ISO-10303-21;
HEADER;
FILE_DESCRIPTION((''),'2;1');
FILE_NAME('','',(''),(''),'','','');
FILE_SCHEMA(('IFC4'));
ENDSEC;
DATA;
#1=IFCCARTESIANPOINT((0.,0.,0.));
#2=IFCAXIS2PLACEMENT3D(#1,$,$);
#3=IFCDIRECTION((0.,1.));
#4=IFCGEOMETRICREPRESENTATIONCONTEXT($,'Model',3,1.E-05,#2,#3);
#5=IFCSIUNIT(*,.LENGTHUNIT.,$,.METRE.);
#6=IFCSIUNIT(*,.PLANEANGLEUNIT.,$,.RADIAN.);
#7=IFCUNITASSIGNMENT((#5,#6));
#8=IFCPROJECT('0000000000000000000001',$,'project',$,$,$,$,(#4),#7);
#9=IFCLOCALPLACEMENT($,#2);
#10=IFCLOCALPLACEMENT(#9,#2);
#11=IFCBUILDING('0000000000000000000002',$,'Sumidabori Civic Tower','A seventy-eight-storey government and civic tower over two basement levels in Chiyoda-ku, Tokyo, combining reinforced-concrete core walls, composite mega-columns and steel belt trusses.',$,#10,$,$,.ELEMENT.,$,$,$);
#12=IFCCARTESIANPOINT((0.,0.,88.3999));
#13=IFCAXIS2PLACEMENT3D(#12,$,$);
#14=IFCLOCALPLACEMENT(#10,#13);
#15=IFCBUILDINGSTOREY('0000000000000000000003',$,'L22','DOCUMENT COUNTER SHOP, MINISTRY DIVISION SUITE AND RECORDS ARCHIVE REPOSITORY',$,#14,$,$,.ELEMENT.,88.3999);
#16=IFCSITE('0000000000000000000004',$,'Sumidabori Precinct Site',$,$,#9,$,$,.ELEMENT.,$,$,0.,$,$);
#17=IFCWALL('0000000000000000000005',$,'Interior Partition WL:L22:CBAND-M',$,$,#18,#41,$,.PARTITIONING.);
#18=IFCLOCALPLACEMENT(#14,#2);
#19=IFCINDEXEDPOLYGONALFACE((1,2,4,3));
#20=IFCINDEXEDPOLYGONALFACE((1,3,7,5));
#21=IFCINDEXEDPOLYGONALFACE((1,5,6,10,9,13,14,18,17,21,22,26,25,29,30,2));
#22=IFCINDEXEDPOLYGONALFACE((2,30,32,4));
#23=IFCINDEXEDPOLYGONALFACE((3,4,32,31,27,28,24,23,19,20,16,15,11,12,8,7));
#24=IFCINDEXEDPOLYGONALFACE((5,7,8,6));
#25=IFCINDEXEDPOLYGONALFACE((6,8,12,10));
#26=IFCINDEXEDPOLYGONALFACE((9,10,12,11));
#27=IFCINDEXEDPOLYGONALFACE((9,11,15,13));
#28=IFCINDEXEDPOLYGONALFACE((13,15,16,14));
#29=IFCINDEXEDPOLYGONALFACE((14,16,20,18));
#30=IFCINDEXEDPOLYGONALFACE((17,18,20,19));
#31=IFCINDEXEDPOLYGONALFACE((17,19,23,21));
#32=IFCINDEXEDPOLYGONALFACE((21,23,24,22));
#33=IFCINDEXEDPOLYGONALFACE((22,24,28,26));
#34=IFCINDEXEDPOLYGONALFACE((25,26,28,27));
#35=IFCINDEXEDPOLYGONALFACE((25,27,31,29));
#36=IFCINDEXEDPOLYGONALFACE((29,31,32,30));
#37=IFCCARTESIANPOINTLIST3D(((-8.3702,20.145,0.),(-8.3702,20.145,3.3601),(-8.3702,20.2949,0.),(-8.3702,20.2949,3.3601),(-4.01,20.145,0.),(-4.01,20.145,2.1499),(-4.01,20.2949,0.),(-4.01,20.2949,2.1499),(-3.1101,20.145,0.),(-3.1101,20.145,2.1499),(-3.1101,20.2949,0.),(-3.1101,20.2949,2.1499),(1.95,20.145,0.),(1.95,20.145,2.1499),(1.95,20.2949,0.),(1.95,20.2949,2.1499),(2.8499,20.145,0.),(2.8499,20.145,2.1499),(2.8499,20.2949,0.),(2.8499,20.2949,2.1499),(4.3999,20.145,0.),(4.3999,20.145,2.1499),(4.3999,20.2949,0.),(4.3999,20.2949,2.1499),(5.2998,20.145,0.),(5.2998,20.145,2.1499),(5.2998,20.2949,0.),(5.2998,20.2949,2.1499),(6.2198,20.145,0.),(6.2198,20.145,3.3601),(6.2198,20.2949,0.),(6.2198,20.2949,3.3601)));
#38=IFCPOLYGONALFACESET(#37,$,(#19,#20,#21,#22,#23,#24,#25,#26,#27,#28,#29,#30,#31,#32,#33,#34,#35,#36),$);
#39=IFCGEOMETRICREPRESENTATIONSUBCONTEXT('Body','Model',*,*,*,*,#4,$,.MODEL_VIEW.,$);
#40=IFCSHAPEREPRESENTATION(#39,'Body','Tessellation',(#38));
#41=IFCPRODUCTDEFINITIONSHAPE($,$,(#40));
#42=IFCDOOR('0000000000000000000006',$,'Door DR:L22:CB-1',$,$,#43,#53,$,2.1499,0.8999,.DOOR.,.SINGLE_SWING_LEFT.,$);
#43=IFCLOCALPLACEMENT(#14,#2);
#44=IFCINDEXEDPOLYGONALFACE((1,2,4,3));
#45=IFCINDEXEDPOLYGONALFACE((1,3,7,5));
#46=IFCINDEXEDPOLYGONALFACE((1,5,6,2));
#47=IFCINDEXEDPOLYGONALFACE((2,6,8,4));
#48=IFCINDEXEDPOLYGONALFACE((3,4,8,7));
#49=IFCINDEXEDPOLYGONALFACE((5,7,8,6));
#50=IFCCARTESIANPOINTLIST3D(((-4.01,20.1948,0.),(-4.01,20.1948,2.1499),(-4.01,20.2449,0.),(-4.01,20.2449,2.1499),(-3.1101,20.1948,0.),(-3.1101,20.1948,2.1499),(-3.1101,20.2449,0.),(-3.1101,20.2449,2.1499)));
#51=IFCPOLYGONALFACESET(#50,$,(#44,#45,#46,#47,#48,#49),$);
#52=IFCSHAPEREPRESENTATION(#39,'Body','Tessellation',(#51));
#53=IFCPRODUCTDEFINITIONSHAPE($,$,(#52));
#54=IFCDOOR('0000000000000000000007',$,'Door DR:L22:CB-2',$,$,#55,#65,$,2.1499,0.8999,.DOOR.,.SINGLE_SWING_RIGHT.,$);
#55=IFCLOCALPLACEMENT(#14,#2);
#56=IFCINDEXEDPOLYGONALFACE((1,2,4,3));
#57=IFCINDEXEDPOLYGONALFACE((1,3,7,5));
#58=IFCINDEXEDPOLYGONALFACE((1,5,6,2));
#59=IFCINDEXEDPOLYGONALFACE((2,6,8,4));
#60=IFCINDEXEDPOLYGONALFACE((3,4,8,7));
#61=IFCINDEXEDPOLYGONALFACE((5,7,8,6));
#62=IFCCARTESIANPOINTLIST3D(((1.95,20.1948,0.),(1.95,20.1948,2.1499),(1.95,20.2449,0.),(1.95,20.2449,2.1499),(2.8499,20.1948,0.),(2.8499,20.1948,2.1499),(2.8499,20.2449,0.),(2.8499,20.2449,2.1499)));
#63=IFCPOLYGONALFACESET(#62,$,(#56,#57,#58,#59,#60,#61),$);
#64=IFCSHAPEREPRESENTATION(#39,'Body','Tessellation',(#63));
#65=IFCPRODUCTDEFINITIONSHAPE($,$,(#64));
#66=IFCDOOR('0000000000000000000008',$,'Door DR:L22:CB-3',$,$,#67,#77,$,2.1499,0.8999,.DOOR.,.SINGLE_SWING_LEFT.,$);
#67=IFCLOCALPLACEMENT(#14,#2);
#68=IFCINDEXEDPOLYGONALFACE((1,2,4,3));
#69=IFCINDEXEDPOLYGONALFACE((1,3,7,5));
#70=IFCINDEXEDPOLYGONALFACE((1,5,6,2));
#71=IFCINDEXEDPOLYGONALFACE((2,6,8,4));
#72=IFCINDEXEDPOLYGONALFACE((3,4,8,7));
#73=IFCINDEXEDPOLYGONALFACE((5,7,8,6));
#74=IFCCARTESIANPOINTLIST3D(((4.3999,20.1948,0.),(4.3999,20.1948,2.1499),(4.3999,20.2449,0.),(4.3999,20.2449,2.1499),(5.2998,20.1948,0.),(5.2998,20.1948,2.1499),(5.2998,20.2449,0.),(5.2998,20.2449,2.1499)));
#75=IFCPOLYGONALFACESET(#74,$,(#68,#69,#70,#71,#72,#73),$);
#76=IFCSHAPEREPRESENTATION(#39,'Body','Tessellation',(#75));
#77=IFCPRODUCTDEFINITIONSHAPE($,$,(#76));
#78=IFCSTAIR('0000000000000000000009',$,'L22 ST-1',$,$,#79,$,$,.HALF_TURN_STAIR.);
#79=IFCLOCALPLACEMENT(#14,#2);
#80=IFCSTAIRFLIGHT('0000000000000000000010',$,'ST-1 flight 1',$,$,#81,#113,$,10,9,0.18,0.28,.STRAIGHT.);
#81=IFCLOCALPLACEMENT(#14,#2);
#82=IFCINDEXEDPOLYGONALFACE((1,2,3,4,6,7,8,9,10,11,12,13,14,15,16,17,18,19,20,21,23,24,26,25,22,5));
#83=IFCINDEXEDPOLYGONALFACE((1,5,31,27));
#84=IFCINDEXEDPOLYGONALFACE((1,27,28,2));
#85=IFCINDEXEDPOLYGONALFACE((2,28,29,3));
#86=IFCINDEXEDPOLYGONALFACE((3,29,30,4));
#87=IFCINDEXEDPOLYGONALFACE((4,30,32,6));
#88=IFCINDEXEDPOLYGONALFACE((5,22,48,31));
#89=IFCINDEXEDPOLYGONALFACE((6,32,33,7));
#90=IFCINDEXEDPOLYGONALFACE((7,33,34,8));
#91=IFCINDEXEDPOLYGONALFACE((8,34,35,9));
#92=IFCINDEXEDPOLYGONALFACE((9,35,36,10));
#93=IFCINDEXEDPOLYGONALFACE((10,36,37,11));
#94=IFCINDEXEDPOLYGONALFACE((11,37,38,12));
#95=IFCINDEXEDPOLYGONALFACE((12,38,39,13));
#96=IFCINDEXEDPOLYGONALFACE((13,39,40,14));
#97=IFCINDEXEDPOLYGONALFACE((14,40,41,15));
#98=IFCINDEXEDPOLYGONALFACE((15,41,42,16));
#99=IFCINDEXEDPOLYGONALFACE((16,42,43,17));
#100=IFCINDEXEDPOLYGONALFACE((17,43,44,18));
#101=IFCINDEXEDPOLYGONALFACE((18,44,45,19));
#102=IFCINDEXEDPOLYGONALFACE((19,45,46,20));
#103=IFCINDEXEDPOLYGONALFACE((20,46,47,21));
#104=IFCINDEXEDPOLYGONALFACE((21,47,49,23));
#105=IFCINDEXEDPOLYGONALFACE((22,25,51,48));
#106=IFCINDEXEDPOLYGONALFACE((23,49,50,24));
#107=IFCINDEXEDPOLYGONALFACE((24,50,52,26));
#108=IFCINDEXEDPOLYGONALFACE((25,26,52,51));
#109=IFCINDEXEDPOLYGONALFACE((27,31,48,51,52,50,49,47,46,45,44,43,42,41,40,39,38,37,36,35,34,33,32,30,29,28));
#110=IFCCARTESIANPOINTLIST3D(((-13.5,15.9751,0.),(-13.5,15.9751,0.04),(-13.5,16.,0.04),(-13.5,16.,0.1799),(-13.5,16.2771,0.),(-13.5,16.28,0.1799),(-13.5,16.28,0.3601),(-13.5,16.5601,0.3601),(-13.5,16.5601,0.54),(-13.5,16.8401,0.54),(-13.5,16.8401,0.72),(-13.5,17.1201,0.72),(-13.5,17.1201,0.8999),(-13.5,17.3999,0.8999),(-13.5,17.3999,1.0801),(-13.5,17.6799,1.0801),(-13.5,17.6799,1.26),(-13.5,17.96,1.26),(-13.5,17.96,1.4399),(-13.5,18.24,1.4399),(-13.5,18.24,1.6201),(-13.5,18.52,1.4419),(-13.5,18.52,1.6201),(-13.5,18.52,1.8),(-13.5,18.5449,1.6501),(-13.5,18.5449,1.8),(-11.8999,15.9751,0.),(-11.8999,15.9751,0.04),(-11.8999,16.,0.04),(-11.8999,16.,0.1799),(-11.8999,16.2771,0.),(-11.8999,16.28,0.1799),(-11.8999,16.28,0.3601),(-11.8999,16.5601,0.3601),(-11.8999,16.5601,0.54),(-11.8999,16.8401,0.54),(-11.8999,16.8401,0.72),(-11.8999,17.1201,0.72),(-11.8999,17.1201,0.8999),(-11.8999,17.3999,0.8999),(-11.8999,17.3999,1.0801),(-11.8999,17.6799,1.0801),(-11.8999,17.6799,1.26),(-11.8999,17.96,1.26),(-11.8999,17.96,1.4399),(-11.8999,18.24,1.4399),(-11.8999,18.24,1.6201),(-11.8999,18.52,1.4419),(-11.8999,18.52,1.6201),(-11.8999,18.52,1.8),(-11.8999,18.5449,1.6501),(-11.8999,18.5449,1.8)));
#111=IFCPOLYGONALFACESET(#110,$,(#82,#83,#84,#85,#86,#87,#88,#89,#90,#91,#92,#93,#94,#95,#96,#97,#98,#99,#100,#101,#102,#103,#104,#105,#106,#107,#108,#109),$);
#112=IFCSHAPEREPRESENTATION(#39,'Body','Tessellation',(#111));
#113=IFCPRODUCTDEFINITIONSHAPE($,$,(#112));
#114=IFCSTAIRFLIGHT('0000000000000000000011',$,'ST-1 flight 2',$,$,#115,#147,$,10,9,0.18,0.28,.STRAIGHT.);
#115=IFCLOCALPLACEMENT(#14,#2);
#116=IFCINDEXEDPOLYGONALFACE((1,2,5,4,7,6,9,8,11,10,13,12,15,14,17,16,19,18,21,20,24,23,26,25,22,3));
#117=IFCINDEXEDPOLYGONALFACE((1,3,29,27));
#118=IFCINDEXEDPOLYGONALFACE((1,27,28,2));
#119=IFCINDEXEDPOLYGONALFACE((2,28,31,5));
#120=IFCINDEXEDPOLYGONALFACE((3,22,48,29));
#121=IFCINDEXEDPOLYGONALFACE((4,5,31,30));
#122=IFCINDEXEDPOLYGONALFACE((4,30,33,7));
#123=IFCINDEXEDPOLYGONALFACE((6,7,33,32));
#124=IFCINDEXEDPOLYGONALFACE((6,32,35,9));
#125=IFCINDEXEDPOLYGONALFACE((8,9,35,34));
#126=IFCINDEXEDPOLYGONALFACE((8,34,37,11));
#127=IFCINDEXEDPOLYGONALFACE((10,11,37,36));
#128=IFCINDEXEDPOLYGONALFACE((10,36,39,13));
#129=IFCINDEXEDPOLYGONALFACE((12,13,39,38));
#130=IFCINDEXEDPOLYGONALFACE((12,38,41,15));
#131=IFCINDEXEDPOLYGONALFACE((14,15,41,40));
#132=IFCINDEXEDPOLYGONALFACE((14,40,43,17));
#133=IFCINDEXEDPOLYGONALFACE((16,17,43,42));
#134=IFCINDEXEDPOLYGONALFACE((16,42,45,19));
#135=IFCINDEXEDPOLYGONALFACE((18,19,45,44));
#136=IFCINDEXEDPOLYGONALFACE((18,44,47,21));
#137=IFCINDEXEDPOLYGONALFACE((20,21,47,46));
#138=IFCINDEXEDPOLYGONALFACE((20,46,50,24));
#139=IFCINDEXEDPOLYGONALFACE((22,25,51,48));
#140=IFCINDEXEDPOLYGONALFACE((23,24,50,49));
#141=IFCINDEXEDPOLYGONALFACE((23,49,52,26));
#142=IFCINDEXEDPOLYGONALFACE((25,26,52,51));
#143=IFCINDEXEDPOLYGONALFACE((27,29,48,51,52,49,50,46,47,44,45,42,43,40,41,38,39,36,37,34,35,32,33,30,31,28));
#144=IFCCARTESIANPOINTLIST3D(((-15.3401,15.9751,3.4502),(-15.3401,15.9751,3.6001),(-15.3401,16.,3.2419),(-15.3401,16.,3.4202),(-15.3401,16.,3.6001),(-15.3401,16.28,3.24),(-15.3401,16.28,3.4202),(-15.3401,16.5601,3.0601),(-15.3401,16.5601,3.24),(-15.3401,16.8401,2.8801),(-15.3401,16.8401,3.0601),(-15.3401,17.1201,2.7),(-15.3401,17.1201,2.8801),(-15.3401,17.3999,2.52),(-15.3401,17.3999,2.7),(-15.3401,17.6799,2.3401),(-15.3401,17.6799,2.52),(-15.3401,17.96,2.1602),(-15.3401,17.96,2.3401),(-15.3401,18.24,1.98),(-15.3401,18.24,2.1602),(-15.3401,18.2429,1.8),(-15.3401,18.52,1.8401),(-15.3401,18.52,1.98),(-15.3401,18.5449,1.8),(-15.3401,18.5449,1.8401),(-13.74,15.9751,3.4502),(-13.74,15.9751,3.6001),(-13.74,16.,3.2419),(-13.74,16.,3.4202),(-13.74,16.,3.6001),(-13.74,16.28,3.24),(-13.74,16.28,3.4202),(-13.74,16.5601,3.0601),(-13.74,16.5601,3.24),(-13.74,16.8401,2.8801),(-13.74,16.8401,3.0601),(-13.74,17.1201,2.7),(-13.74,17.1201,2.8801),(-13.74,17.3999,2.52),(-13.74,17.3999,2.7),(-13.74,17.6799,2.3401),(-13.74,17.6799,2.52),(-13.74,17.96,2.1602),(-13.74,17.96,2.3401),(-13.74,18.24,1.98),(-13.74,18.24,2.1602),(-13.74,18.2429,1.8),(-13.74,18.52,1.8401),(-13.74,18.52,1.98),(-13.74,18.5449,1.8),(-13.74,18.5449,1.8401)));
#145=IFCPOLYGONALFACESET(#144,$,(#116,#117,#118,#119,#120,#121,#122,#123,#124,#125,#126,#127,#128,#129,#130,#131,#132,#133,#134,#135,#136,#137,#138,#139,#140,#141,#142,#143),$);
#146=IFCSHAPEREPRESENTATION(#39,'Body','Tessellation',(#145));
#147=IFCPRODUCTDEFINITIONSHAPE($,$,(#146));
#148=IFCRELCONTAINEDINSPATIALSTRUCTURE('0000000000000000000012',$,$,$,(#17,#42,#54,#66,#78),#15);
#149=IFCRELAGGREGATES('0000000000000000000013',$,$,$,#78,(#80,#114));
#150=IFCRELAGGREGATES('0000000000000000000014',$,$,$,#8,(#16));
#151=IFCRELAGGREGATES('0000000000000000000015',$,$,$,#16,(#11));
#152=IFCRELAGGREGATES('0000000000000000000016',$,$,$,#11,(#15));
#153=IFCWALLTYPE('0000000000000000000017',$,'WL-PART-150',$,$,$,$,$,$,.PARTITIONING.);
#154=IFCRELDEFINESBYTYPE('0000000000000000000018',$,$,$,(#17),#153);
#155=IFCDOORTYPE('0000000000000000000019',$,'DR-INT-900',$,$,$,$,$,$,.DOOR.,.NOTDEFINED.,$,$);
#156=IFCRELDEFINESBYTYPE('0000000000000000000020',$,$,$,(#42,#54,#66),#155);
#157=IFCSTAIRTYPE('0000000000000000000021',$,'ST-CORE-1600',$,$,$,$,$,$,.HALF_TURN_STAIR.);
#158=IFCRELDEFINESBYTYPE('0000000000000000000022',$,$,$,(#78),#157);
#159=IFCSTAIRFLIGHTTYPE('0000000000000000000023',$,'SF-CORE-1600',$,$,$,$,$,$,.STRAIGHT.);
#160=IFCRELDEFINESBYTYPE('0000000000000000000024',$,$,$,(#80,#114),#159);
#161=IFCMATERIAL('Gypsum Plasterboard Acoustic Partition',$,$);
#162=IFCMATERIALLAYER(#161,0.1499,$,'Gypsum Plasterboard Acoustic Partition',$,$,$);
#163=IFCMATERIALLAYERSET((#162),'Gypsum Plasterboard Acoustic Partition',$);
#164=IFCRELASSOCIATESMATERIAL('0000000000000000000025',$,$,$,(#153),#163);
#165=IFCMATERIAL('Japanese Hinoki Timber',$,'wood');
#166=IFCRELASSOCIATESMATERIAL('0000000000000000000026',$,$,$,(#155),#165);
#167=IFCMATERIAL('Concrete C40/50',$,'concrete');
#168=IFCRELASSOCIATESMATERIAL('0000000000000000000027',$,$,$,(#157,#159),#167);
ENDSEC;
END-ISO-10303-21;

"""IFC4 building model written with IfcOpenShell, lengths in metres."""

from ifc_helpers import new_model, si_unit, direction, frame, frame_2d, origin, place, context, subcontext, project, spatial, polyline, rectangle, outline, extrude, source, transform, mapped, material, layer, layer_set, type_object, element, fill, aggregate, save


model = new_model("IFC4")

# Units and contexts
model_context = context("Model", 3, precision=1e-05, world=origin(), true_north=direction((0.0, 1.0)))
body_context = subcontext(model_context, "Body", "Model", "MODEL_VIEW")
ifc_project = project(units=[si_unit("LENGTHUNIT", "METRE"), si_unit("PLANEANGLEUNIT", "RADIAN")], contexts=[model_context])

# Site, building, storey
site_placement = place(None, origin())
site = spatial("IfcSite", under=ifc_project, at=site_placement, Name="Sumidabori Precinct Site", CompositionType="ELEMENT", RefElevation=0.0)
building_placement = place(site_placement, origin())
building = spatial("IfcBuilding", under=site, at=building_placement, Name="Sumidabori Civic Tower", Description="A seventy-eight-storey government and civic tower over two basement levels in Chiyoda-ku, Tokyo, combining reinforced-concrete core walls, composite mega-columns and steel belt trusses.", CompositionType="ELEMENT")
storey_placement = place(building_placement, frame((0.0, 0.0, 88.3999)))
storey = spatial("IfcBuildingStorey", under=building, at=storey_placement, Name="L22", Description="DOCUMENT COUNTER SHOP, MINISTRY DIVISION SUITE AND RECORDS ARCHIVE REPOSITORY", CompositionType="ELEMENT", Elevation=88.3999)

# Wall, openings, doors
ifc_material_1 = material(Name="Gypsum Plasterboard Acoustic Partition")
ifc_layer_1 = layer(ifc_material_1, 0.1499, Name="Gypsum Plasterboard Acoustic Partition")
ifc_layer_set_1 = layer_set([ifc_layer_1], Name="Gypsum Plasterboard Acoustic Partition")
wall_type_1 = type_object("IfcWallType", Name="WL-PART-150", PredefinedType="PARTITIONING", material=ifc_layer_set_1)
shared_shape_1 = source(origin(), body_context, "Body", "SweptSolid", [
    extrude(rectangle(XDim=14.5901, YDim=0.1499, at=frame_2d((7.2949, 0.0))), origin(), (0.0, 0.0, 1.0), 3.3601),
])
wall_1_placement = place(storey_placement, frame((-8.3701, 20.22, 0.0), z_axis=(0.0, 0.0, 1.0), x_axis=(1.0, 0.0, 0.0)))
wall_1 = element("IfcWall", 1, at=wall_1_placement, inside=storey, type_object=wall_type_1, Name="Interior Partition WL:L22:CBAND-M", PredefinedType="PARTITIONING", context=body_context, shape_type="MappedRepresentation", body=[
    mapped(shared_shape_1, transform((0.0, 0.0, 0.0), x_axis=(1.0, 0.0, 0.0), y_axis=(0.0, 1.0, 0.0), z_axis=(0.0, 0.0, 1.0), scale=1.0)),
])
opening_1_placement = place(wall_1_placement, frame((4.3601, 0.0, 0.0)))
opening_1 = element("IfcOpeningElement", 2, at=opening_1_placement, cuts=wall_1, PredefinedType="OPENING", context=body_context, shape_type="SweptSolid", body=[
    extrude(rectangle(XDim=0.8999, YDim=2.1499, at=frame_2d((0.45, 1.075))), frame((0.0, 0.0869, 0.0), z_axis=(0.0, -1.0, 0.0), x_axis=(1.0, 0.0, 0.0)), (0.0, 0.0, 1.0), 0.1738),
])
opening_2_placement = place(wall_1_placement, frame((10.3201, 0.0, 0.0)))
opening_2 = element("IfcOpeningElement", 3, at=opening_2_placement, cuts=wall_1, PredefinedType="OPENING", context=body_context, shape_type="SweptSolid", body=[
    extrude(rectangle(XDim=0.8999, YDim=2.1499, at=frame_2d((0.45, 1.075))), frame((0.0, 0.0869, 0.0), z_axis=(0.0, -1.0, 0.0), x_axis=(1.0, 0.0, 0.0)), (0.0, 0.0, 1.0), 0.1738),
])
opening_3_placement = place(wall_1_placement, frame((12.77, 0.0, 0.0)))
opening_3 = element("IfcOpeningElement", 4, at=opening_3_placement, cuts=wall_1, PredefinedType="OPENING", context=body_context, shape_type="SweptSolid", body=[
    extrude(rectangle(XDim=0.8999, YDim=2.1499, at=frame_2d((0.45, 1.075))), frame((0.0, 0.0869, 0.0), z_axis=(0.0, -1.0, 0.0), x_axis=(1.0, 0.0, 0.0)), (0.0, 0.0, 1.0), 0.1738),
])
ifc_material_2 = material(Name="Japanese Hinoki Timber", Category="wood")
door_type = type_object("IfcDoorType", Name="DR-INT-900", OperationType="NOTDEFINED", PredefinedType="DOOR", material=ifc_material_2)
shared_shape_2 = source(origin(), body_context, "Body", "SweptSolid", [
    extrude(rectangle(XDim=0.8999, YDim=2.1499, at=frame_2d((0.45, 1.075))), frame((0.0, 0.0249, 0.0), z_axis=(0.0, -1.0, 0.0), x_axis=(1.0, 0.0, 0.0)), (0.0, 0.0, 1.0), 0.05),
])
door_1_placement = place(opening_1_placement, origin())
door_1 = element("IfcDoor", 5, at=door_1_placement, inside=storey, type_object=door_type, Name="Door DR:L22:CB-1", OperationType="SINGLE_SWING_LEFT", OverallHeight=2.1499, OverallWidth=0.8999, PredefinedType="DOOR", context=body_context, shape_type="MappedRepresentation", body=[
    mapped(shared_shape_2, transform((0.0, 0.0, 0.0), x_axis=(1.0, 0.0, 0.0), y_axis=(0.0, 1.0, 0.0), z_axis=(0.0, 0.0, 1.0), scale=1.0)),
])
fill(opening_1, door_1)
door_2_placement = place(opening_2_placement, origin())
door_2 = element("IfcDoor", 6, at=door_2_placement, inside=storey, type_object=door_type, Name="Door DR:L22:CB-2", OperationType="SINGLE_SWING_RIGHT", OverallHeight=2.1499, OverallWidth=0.8999, PredefinedType="DOOR", context=body_context, shape_type="MappedRepresentation", body=[
    mapped(shared_shape_2, transform((0.0, 0.0, 0.0), x_axis=(1.0, 0.0, 0.0), y_axis=(0.0, 1.0, 0.0), z_axis=(0.0, 0.0, 1.0), scale=1.0)),
])
fill(opening_2, door_2)
door_3_placement = place(opening_3_placement, origin())
door_3 = element("IfcDoor", 7, at=door_3_placement, inside=storey, type_object=door_type, Name="Door DR:L22:CB-3", OperationType="SINGLE_SWING_LEFT", OverallHeight=2.1499, OverallWidth=0.8999, PredefinedType="DOOR", context=body_context, shape_type="MappedRepresentation", body=[
    mapped(shared_shape_2, transform((0.0, 0.0, 0.0), x_axis=(1.0, 0.0, 0.0), y_axis=(0.0, 1.0, 0.0), z_axis=(0.0, 0.0, 1.0), scale=1.0)),
])
fill(opening_3, door_3)

# Stair, stair flights
ifc_material_3 = material(Name="Concrete C40/50", Category="concrete")
stair_type = type_object("IfcStairType", Name="ST-CORE-1600", PredefinedType="HALF_TURN_STAIR", material=ifc_material_3)
stair_placement = place(storey_placement, origin())
stair = element("IfcStair", 8, at=stair_placement, inside=storey, type_object=stair_type, Name="L22 ST-1", PredefinedType="HALF_TURN_STAIR")
stair_flight_type = type_object("IfcStairFlightType", Name="SF-CORE-1600", PredefinedType="STRAIGHT", material=ifc_material_3)
shared_shape_3 = source(origin(), body_context, "Body", "SweptSolid", [
    extrude(outline(polyline([(-0.0249, 0.0), (-0.0249, 0.04), (0.0, 0.04), (0.0, 0.1799), (0.28, 0.1799), (0.28, 0.3601), (0.5601, 0.3601), (0.5601, 0.54), (0.8401, 0.54), (0.8401, 0.72), (1.1201, 0.72), (1.1201, 0.8999), (1.3999, 0.8999), (1.3999, 1.0801), (1.6799, 1.0801), (1.6799, 1.26), (1.96, 1.26), (1.96, 1.4399), (2.24, 1.4399), (2.24, 1.6201), (2.52, 1.6201), (2.52, 1.8), (2.5449, 1.8), (2.5449, 1.6501), (2.52, 1.4419), (0.2771, 0.0), (-0.0249, 0.0)])), frame((0.0, 0.8, 0.0), z_axis=(0.0, -1.0, 0.0), x_axis=(1.0, 0.0, 0.0)), (0.0, 0.0, 1.0), 1.6001),
])
stair_flight_1_placement = place(storey_placement, frame((-12.7, 16.0, 0.0), z_axis=(0.0, 0.0, 1.0), x_axis=(0.0, 1.0, 0.0)))
stair_flight_1 = element("IfcStairFlight", 9, at=stair_flight_1_placement, type_object=stair_flight_type, Name="ST-1 flight 1", NumberOfRisers=10, NumberOfTreads=9, PredefinedType="STRAIGHT", RiserHeight=0.18, TreadLength=0.28, context=body_context, shape_type="MappedRepresentation", body=[
    mapped(shared_shape_3, transform((0.0, 0.0, 0.0), x_axis=(1.0, 0.0, 0.0), y_axis=(0.0, 1.0, 0.0), z_axis=(0.0, 0.0, 1.0), scale=1.0)),
])
stair_flight_2_placement = place(storey_placement, frame((-14.54, 18.52, 1.8), z_axis=(0.0, 0.0, 1.0), x_axis=(0.0, -1.0, 0.0)))
stair_flight_2 = element("IfcStairFlight", 10, at=stair_flight_2_placement, type_object=stair_flight_type, Name="ST-1 flight 2", NumberOfRisers=10, NumberOfTreads=9, PredefinedType="STRAIGHT", RiserHeight=0.18, TreadLength=0.28, context=body_context, shape_type="MappedRepresentation", body=[
    mapped(shared_shape_3, transform((0.0, 0.0, 0.0), x_axis=(1.0, 0.0, 0.0), y_axis=(0.0, 1.0, 0.0), z_axis=(0.0, 0.0, 1.0), scale=1.0)),
])
aggregate(stair, [stair_flight_1, stair_flight_2])

save(model, "model.ifc")
